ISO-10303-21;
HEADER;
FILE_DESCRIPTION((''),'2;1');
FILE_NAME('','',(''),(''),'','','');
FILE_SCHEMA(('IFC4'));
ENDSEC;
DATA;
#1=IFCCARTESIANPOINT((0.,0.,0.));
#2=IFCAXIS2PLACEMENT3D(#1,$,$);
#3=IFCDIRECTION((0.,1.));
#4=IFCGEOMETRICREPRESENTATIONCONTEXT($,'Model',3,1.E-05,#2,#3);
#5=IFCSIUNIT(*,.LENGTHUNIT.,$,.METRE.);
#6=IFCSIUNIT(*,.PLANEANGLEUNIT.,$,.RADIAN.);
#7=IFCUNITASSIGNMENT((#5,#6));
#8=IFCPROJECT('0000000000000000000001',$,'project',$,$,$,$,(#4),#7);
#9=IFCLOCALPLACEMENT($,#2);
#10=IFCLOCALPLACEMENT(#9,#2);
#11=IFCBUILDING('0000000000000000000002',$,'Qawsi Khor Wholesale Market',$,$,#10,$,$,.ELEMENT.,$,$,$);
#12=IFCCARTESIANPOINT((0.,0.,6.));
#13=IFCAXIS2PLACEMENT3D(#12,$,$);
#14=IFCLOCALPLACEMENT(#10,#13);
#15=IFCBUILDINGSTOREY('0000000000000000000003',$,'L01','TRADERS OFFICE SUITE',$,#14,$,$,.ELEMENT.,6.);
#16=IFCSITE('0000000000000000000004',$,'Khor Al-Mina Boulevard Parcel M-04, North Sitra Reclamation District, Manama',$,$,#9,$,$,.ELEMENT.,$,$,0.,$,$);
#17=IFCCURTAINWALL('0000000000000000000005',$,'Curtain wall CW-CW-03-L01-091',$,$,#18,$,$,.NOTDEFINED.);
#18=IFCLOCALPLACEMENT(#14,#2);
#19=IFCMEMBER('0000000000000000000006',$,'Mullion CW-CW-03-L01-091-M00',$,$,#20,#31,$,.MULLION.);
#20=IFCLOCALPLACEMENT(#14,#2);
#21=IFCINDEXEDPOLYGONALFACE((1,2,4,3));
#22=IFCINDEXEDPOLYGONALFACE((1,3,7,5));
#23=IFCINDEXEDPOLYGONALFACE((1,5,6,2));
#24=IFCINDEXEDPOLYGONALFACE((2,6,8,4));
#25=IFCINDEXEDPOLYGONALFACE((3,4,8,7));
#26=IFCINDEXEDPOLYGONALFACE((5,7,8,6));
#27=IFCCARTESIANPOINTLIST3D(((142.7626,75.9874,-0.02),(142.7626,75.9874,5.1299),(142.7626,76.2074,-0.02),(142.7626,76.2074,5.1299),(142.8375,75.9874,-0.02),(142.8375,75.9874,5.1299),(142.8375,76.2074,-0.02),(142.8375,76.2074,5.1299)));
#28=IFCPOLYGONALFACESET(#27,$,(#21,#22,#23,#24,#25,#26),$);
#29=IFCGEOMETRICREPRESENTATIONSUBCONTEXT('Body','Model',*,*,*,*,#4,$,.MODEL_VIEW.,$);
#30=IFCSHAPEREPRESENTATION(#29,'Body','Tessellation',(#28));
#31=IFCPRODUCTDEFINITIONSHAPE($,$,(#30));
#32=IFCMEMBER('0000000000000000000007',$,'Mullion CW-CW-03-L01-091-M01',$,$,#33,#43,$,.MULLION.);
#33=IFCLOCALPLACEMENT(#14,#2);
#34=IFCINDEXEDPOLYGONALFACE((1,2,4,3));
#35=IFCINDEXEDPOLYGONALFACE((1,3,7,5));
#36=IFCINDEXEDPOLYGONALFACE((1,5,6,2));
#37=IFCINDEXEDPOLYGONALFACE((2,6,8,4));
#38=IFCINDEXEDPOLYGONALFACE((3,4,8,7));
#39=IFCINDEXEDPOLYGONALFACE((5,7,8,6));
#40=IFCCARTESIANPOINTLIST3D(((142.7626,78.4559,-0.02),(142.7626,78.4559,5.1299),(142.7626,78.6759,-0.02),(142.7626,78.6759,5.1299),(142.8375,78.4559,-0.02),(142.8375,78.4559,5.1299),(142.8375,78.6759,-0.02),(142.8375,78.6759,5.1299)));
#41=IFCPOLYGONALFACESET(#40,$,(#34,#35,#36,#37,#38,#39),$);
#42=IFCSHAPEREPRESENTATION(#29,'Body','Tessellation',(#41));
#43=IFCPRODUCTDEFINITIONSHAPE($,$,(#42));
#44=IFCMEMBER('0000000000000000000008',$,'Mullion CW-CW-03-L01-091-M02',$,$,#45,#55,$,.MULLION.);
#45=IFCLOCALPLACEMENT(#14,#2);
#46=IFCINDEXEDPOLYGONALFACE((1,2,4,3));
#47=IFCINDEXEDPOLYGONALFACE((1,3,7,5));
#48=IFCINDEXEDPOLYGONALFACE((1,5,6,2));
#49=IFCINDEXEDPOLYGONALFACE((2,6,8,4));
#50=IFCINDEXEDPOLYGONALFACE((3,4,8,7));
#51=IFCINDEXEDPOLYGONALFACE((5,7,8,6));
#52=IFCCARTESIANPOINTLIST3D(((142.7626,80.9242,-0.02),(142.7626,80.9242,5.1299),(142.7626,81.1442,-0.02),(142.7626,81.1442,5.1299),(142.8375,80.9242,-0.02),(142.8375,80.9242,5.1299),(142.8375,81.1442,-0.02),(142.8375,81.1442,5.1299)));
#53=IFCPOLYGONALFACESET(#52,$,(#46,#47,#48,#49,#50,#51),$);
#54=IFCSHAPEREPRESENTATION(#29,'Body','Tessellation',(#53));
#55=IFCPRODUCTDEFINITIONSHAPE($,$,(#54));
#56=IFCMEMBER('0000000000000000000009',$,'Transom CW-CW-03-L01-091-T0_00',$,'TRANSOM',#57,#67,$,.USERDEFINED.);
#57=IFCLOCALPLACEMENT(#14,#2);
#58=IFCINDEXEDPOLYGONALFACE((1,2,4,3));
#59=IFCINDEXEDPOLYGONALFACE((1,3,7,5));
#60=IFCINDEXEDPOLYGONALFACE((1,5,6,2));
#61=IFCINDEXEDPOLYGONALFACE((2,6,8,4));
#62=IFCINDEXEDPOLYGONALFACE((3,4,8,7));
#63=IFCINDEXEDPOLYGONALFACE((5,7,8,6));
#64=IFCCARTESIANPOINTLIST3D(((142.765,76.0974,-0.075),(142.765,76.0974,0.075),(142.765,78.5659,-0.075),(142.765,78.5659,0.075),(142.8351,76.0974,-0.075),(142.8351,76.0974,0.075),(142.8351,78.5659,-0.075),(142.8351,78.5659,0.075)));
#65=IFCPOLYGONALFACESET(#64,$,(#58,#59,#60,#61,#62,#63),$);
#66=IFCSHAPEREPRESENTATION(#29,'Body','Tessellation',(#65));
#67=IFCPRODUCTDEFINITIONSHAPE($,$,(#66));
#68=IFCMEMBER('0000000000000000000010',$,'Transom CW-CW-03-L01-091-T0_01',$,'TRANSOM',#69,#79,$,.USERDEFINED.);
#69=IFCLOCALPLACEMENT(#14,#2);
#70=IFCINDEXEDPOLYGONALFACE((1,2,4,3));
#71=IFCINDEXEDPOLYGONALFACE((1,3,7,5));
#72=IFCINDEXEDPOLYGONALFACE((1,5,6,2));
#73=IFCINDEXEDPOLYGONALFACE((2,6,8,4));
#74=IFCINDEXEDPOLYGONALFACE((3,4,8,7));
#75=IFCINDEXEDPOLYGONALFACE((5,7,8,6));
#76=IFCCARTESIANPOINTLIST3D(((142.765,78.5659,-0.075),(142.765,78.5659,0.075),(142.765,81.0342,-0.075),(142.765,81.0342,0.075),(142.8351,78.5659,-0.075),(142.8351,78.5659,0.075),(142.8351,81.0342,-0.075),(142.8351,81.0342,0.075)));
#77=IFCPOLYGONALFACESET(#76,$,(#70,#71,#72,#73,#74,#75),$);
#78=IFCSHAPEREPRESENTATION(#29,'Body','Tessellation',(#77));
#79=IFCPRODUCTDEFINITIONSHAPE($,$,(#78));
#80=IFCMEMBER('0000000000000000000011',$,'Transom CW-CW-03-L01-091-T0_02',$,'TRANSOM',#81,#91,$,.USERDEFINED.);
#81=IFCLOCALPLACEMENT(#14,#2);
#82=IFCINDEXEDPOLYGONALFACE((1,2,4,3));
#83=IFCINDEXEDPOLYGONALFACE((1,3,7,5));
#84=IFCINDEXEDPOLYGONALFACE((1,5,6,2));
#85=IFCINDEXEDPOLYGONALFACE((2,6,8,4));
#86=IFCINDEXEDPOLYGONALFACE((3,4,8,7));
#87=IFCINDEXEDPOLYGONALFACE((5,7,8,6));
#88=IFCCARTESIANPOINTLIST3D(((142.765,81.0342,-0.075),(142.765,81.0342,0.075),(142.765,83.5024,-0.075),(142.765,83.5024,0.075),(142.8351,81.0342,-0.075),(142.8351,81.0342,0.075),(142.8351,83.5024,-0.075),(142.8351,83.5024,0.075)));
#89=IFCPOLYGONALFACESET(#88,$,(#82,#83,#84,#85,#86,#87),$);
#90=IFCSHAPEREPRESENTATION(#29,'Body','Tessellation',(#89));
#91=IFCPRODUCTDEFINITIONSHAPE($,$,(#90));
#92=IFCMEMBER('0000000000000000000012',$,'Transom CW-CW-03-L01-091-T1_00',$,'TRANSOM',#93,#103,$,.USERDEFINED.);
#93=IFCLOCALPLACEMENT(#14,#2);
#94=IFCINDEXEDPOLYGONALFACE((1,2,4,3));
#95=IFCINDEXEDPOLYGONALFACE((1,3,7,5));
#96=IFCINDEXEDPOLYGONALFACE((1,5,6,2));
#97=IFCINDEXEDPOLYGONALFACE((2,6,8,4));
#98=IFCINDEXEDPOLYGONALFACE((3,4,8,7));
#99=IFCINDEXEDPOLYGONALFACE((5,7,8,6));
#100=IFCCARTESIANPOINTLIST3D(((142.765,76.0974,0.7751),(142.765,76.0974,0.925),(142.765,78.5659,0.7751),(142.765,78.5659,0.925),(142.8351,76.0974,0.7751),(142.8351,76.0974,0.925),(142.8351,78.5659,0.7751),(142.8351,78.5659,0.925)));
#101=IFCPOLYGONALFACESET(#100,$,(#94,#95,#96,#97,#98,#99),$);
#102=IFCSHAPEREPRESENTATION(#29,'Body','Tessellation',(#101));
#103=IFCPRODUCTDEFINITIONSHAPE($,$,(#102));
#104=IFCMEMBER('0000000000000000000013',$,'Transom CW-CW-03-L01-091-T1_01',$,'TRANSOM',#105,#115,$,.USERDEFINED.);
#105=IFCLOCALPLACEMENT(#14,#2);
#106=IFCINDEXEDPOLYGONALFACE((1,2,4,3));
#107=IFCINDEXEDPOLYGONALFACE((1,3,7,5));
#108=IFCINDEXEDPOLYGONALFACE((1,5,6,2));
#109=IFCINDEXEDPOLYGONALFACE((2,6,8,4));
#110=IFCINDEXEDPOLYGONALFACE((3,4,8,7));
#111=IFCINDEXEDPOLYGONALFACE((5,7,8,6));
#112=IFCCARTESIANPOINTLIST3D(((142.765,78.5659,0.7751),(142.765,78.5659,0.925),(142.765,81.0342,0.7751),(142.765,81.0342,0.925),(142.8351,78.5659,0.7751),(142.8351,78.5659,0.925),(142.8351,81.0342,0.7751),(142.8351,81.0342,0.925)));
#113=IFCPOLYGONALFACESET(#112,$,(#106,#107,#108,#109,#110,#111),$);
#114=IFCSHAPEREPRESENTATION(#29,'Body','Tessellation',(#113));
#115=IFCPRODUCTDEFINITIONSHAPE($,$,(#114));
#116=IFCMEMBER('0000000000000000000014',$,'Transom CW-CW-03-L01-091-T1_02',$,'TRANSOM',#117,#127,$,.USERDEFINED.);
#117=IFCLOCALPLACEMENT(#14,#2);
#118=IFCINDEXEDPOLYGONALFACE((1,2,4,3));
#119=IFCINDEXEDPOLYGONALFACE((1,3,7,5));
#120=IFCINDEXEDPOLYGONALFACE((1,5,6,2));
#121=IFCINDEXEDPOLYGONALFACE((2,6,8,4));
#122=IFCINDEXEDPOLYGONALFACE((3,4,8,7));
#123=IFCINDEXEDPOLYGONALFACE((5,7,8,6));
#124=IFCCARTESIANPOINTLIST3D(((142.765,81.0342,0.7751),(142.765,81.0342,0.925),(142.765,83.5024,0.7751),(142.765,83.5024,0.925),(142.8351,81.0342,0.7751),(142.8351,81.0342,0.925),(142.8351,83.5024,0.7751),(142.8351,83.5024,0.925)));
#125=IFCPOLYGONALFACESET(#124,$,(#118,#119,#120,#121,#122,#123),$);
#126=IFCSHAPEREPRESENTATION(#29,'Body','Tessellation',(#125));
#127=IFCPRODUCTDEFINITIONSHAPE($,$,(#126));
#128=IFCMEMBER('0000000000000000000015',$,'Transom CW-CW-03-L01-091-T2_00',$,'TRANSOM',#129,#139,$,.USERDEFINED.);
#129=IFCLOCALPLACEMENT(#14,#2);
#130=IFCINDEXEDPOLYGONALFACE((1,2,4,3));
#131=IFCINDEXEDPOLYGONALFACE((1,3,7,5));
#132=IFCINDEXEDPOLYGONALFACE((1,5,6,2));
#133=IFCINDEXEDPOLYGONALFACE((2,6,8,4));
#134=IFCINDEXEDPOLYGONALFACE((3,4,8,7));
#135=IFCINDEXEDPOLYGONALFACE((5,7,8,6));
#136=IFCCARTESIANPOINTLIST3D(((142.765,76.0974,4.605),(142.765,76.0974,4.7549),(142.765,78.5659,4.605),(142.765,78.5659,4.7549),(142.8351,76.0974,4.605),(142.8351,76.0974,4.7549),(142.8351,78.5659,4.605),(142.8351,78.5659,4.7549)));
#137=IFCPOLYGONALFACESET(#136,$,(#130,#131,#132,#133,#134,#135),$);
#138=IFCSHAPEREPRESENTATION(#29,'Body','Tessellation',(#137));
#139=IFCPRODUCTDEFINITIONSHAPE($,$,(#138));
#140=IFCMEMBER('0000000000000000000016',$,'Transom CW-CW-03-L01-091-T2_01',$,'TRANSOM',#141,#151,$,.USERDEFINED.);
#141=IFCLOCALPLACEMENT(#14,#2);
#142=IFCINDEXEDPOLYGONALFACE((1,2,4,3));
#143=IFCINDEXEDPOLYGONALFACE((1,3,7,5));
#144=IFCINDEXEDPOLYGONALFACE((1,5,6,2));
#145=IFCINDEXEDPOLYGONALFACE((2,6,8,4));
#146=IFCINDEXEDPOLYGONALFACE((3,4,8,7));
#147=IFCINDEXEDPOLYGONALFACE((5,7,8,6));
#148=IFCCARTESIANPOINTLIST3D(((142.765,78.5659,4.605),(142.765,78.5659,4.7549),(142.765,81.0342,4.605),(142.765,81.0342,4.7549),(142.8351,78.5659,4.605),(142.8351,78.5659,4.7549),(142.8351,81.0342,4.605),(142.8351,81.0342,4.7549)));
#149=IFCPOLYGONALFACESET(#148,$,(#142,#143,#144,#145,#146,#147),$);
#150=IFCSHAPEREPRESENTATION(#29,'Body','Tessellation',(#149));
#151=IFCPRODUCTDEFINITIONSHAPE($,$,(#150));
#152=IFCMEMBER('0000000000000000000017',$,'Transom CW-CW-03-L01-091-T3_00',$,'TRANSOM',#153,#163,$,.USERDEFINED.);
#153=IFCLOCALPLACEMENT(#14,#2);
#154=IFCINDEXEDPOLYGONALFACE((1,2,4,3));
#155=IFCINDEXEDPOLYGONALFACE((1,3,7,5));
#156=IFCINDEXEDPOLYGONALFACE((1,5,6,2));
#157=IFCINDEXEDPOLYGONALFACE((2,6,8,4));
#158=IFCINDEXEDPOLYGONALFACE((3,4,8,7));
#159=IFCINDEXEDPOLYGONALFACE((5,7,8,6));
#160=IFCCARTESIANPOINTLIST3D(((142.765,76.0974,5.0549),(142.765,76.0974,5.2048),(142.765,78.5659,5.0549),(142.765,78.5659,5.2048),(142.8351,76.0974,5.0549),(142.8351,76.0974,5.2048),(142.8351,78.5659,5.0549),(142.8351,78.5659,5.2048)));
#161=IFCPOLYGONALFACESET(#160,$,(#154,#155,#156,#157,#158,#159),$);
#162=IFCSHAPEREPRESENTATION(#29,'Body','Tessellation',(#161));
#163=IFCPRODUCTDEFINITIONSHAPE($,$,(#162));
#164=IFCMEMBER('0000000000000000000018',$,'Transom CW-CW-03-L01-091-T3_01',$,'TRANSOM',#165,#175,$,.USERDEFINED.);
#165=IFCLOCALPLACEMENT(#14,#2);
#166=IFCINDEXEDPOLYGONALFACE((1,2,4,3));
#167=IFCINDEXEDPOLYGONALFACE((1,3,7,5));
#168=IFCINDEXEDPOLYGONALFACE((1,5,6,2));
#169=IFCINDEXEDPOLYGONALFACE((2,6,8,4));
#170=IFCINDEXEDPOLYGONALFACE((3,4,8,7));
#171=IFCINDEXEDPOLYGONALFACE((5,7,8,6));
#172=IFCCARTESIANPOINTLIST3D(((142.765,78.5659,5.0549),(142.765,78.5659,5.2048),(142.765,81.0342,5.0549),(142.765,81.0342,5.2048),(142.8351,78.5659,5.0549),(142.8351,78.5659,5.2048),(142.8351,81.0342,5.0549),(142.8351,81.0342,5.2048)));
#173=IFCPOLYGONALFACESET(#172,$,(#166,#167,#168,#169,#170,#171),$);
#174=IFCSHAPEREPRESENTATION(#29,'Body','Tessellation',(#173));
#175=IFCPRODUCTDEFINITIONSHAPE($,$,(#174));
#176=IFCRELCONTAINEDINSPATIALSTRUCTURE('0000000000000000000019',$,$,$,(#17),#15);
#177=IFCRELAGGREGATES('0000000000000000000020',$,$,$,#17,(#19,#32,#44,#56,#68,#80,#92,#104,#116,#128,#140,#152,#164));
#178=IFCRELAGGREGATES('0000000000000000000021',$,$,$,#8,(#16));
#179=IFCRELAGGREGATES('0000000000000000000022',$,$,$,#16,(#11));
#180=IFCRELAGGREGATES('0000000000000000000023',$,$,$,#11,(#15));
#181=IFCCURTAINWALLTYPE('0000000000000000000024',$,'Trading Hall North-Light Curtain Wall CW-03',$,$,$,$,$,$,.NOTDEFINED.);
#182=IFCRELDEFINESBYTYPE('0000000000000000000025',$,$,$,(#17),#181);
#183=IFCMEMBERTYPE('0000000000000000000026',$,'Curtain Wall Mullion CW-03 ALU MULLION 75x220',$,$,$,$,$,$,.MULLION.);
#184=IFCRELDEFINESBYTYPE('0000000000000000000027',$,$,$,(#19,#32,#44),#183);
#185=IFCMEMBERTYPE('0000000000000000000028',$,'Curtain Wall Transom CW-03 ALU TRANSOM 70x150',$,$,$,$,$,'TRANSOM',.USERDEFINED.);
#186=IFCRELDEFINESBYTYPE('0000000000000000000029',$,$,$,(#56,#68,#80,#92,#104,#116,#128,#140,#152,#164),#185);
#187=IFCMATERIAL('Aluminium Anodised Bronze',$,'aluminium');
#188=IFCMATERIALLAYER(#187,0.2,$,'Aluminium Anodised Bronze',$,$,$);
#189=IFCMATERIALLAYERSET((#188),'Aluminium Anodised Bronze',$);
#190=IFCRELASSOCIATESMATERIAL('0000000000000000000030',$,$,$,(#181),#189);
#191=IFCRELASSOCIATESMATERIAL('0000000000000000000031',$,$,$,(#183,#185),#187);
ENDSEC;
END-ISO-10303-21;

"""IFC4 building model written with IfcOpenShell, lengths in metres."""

from ifc_helpers import new_model, si_unit, direction, frame, origin, origin_2d, place, context, subcontext, project, spatial, rectangle, extrude, material, layer, layer_set, material_profile, profile_set, type_object, element, aggregate, save


model = new_model("IFC4")

# Units and contexts
model_context = context("Model", 3, precision=1e-05, world=origin(), true_north=direction((0.0, 1.0)))
body_context = subcontext(model_context, "Body", "Model", "MODEL_VIEW")
ifc_project = project(units=[si_unit("LENGTHUNIT", "METRE"), si_unit("PLANEANGLEUNIT", "RADIAN")], contexts=[model_context])

# Site, building, storey
site_placement = place(None, origin())
site = spatial("IfcSite", under=ifc_project, at=site_placement, Name="Khor Al-Mina Boulevard Parcel M-04, North Sitra Reclamation District, Manama", CompositionType="ELEMENT", RefElevation=0.0)
building_placement = place(site_placement, origin())
building = spatial("IfcBuilding", under=site, at=building_placement, Name="Qawsi Khor Wholesale Market", CompositionType="ELEMENT")
storey_placement = place(building_placement, frame((0.0, 0.0, 6.0)))
storey = spatial("IfcBuildingStorey", under=building, at=storey_placement, Name="L01", Description="TRADERS OFFICE SUITE", CompositionType="ELEMENT", Elevation=6.0)

# Curtain wall, members
ifc_material_1 = material(Name="Aluminium Anodised Bronze", Category="aluminium")
ifc_layer_1 = layer(ifc_material_1, 0.2, Name="Aluminium Anodised Bronze")
ifc_layer_set_1 = layer_set([ifc_layer_1], Name="Aluminium Anodised Bronze")
curtain_wall_type = type_object("IfcCurtainWallType", Name="Trading Hall North-Light Curtain Wall CW-03", PredefinedType="NOTDEFINED", material=ifc_layer_set_1)
curtain_wall_placement = place(storey_placement, origin())
curtain_wall = element("IfcCurtainWall", 1, at=curtain_wall_placement, inside=storey, type_object=curtain_wall_type, Name="Curtain wall CW-CW-03-L01-091", PredefinedType="NOTDEFINED")
ifc_material_profile_1 = material_profile(ifc_material_1, rectangle(XDim=0.075, YDim=0.22, at=origin_2d()), Name="ALU MULLION 75x220")
ifc_profile_set_1 = profile_set([ifc_material_profile_1], Name="Aluminium Anodised Bronze")
member_type_1 = type_object("IfcMemberType", Name="Curtain Wall Mullion CW-03 ALU MULLION 75x220", PredefinedType="MULLION", material=ifc_profile_set_1)
member_1_placement = place(storey_placement, frame((142.8, 76.0974, -0.02), z_axis=(0.0, 0.0, 1.0), x_axis=(1.0, 0.0, 0.0)))
member_1 = element("IfcMember", 2, at=member_1_placement, type_object=member_type_1, Name="Mullion CW-CW-03-L01-091-M00", PredefinedType="MULLION", context=body_context, shape_type="SweptSolid", body=[
    extrude(rectangle(XDim=0.075, YDim=0.22, at=origin_2d()), origin(), (0.0, 0.0, 1.0), 5.1499),
])
member_2_placement = place(storey_placement, frame((142.8, 78.5659, -0.02), z_axis=(0.0, 0.0, 1.0), x_axis=(1.0, 0.0, 0.0)))
member_2 = element("IfcMember", 3, at=member_2_placement, type_object=member_type_1, Name="Mullion CW-CW-03-L01-091-M01", PredefinedType="MULLION", context=body_context, shape_type="SweptSolid", body=[
    extrude(rectangle(XDim=0.075, YDim=0.22, at=origin_2d()), origin(), (0.0, 0.0, 1.0), 5.1499),
])
member_3_placement = place(storey_placement, frame((142.8, 81.0342, -0.02), z_axis=(0.0, 0.0, 1.0), x_axis=(1.0, 0.0, 0.0)))
member_3 = element("IfcMember", 4, at=member_3_placement, type_object=member_type_1, Name="Mullion CW-CW-03-L01-091-M02", PredefinedType="MULLION", context=body_context, shape_type="SweptSolid", body=[
    extrude(rectangle(XDim=0.075, YDim=0.22, at=origin_2d()), origin(), (0.0, 0.0, 1.0), 5.1499),
])
ifc_material_profile_2 = material_profile(ifc_material_1, rectangle(XDim=0.0701, YDim=0.1499, at=origin_2d()), Name="ALU TRANSOM 70x150")
ifc_profile_set_2 = profile_set([ifc_material_profile_2], Name="Aluminium Anodised Bronze")
member_type_2 = type_object("IfcMemberType", Name="Curtain Wall Transom CW-03 ALU TRANSOM 70x150", ElementType="TRANSOM", PredefinedType="USERDEFINED", material=ifc_profile_set_2)
member_4_placement = place(storey_placement, frame((142.8, 76.0974, 0.0), z_axis=(0.0, 1.0, 0.0), x_axis=(-1.0, 0.0, 0.0)))
member_4 = element("IfcMember", 5, at=member_4_placement, type_object=member_type_2, Name="Transom CW-CW-03-L01-091-T0_00", ObjectType="TRANSOM", PredefinedType="USERDEFINED", context=body_context, shape_type="SweptSolid", body=[
    extrude(rectangle(XDim=0.0701, YDim=0.1499, at=origin_2d()), origin(), (0.0, 0.0, 1.0), 2.4685),
])
member_5_placement = place(storey_placement, frame((142.8, 78.5659, 0.0), z_axis=(0.0, 1.0, 0.0), x_axis=(-1.0, 0.0, 0.0)))
member_5 = element("IfcMember", 6, at=member_5_placement, type_object=member_type_2, Name="Transom CW-CW-03-L01-091-T0_01", ObjectType="TRANSOM", PredefinedType="USERDEFINED", context=body_context, shape_type="SweptSolid", body=[
    extrude(rectangle(XDim=0.0701, YDim=0.1499, at=origin_2d()), origin(), (0.0, 0.0, 1.0), 2.4683),
])
member_6_placement = place(storey_placement, frame((142.8, 81.0342, 0.0), z_axis=(0.0, 1.0, 0.0), x_axis=(-1.0, 0.0, 0.0)))
member_6 = element("IfcMember", 7, at=member_6_placement, type_object=member_type_2, Name="Transom CW-CW-03-L01-091-T0_02", ObjectType="TRANSOM", PredefinedType="USERDEFINED", context=body_context, shape_type="SweptSolid", body=[
    extrude(rectangle(XDim=0.0701, YDim=0.1499, at=origin_2d()), origin(), (0.0, 0.0, 1.0), 2.4683),
])
member_7_placement = place(storey_placement, frame((142.8, 76.0974, 0.8501), z_axis=(0.0, 1.0, 0.0), x_axis=(-1.0, 0.0, 0.0)))
member_7 = element("IfcMember", 8, at=member_7_placement, type_object=member_type_2, Name="Transom CW-CW-03-L01-091-T1_00", ObjectType="TRANSOM", PredefinedType="USERDEFINED", context=body_context, shape_type="SweptSolid", body=[
    extrude(rectangle(XDim=0.0701, YDim=0.1499, at=origin_2d()), origin(), (0.0, 0.0, 1.0), 2.4685),
])
member_8_placement = place(storey_placement, frame((142.8, 78.5659, 0.8501), z_axis=(0.0, 1.0, 0.0), x_axis=(-1.0, 0.0, 0.0)))
member_8 = element("IfcMember", 9, at=member_8_placement, type_object=member_type_2, Name="Transom CW-CW-03-L01-091-T1_01", ObjectType="TRANSOM", PredefinedType="USERDEFINED", context=body_context, shape_type="SweptSolid", body=[
    extrude(rectangle(XDim=0.0701, YDim=0.1499, at=origin_2d()), origin(), (0.0, 0.0, 1.0), 2.4683),
])
member_9_placement = place(storey_placement, frame((142.8, 81.0342, 0.8501), z_axis=(0.0, 1.0, 0.0), x_axis=(-1.0, 0.0, 0.0)))
member_9 = element("IfcMember", 10, at=member_9_placement, type_object=member_type_2, Name="Transom CW-CW-03-L01-091-T1_02", ObjectType="TRANSOM", PredefinedType="USERDEFINED", context=body_context, shape_type="SweptSolid", body=[
    extrude(rectangle(XDim=0.0701, YDim=0.1499, at=origin_2d()), origin(), (0.0, 0.0, 1.0), 2.4683),
])
member_10_placement = place(storey_placement, frame((142.8, 76.0974, 4.6799), z_axis=(0.0, 1.0, 0.0), x_axis=(-1.0, 0.0, 0.0)))
member_10 = element("IfcMember", 11, at=member_10_placement, type_object=member_type_2, Name="Transom CW-CW-03-L01-091-T2_00", ObjectType="TRANSOM", PredefinedType="USERDEFINED", context=body_context, shape_type="SweptSolid", body=[
    extrude(rectangle(XDim=0.0701, YDim=0.1499, at=origin_2d()), origin(), (0.0, 0.0, 1.0), 2.4685),
])
member_11_placement = place(storey_placement, frame((142.8, 78.5659, 4.6799), z_axis=(0.0, 1.0, 0.0), x_axis=(-1.0, 0.0, 0.0)))
member_11 = element("IfcMember", 12, at=member_11_placement, type_object=member_type_2, Name="Transom CW-CW-03-L01-091-T2_01", ObjectType="TRANSOM", PredefinedType="USERDEFINED", context=body_context, shape_type="SweptSolid", body=[
    extrude(rectangle(XDim=0.0701, YDim=0.1499, at=origin_2d()), origin(), (0.0, 0.0, 1.0), 2.4683),
])
member_12_placement = place(storey_placement, frame((142.8, 76.0974, 5.1299), z_axis=(0.0, 1.0, 0.0), x_axis=(-1.0, 0.0, 0.0)))
member_12 = element("IfcMember", 13, at=member_12_placement, type_object=member_type_2, Name="Transom CW-CW-03-L01-091-T3_00", ObjectType="TRANSOM", PredefinedType="USERDEFINED", context=body_context, shape_type="SweptSolid", body=[
    extrude(rectangle(XDim=0.0701, YDim=0.1499, at=origin_2d()), origin(), (0.0, 0.0, 1.0), 2.4685),
])
member_13_placement = place(storey_placement, frame((142.8, 78.5659, 5.1299), z_axis=(0.0, 1.0, 0.0), x_axis=(-1.0, 0.0, 0.0)))
member_13 = element("IfcMember", 14, at=member_13_placement, type_object=member_type_2, Name="Transom CW-CW-03-L01-091-T3_01", ObjectType="TRANSOM", PredefinedType="USERDEFINED", context=body_context, shape_type="SweptSolid", body=[
    extrude(rectangle(XDim=0.0701, YDim=0.1499, at=origin_2d()), origin(), (0.0, 0.0, 1.0), 2.4683),
])

aggregate(curtain_wall, [member_1, member_2, member_3, member_4, member_5, member_6, member_7, member_8, member_9, member_10, member_11, member_12, member_13])

save(model, "model.ifc")
